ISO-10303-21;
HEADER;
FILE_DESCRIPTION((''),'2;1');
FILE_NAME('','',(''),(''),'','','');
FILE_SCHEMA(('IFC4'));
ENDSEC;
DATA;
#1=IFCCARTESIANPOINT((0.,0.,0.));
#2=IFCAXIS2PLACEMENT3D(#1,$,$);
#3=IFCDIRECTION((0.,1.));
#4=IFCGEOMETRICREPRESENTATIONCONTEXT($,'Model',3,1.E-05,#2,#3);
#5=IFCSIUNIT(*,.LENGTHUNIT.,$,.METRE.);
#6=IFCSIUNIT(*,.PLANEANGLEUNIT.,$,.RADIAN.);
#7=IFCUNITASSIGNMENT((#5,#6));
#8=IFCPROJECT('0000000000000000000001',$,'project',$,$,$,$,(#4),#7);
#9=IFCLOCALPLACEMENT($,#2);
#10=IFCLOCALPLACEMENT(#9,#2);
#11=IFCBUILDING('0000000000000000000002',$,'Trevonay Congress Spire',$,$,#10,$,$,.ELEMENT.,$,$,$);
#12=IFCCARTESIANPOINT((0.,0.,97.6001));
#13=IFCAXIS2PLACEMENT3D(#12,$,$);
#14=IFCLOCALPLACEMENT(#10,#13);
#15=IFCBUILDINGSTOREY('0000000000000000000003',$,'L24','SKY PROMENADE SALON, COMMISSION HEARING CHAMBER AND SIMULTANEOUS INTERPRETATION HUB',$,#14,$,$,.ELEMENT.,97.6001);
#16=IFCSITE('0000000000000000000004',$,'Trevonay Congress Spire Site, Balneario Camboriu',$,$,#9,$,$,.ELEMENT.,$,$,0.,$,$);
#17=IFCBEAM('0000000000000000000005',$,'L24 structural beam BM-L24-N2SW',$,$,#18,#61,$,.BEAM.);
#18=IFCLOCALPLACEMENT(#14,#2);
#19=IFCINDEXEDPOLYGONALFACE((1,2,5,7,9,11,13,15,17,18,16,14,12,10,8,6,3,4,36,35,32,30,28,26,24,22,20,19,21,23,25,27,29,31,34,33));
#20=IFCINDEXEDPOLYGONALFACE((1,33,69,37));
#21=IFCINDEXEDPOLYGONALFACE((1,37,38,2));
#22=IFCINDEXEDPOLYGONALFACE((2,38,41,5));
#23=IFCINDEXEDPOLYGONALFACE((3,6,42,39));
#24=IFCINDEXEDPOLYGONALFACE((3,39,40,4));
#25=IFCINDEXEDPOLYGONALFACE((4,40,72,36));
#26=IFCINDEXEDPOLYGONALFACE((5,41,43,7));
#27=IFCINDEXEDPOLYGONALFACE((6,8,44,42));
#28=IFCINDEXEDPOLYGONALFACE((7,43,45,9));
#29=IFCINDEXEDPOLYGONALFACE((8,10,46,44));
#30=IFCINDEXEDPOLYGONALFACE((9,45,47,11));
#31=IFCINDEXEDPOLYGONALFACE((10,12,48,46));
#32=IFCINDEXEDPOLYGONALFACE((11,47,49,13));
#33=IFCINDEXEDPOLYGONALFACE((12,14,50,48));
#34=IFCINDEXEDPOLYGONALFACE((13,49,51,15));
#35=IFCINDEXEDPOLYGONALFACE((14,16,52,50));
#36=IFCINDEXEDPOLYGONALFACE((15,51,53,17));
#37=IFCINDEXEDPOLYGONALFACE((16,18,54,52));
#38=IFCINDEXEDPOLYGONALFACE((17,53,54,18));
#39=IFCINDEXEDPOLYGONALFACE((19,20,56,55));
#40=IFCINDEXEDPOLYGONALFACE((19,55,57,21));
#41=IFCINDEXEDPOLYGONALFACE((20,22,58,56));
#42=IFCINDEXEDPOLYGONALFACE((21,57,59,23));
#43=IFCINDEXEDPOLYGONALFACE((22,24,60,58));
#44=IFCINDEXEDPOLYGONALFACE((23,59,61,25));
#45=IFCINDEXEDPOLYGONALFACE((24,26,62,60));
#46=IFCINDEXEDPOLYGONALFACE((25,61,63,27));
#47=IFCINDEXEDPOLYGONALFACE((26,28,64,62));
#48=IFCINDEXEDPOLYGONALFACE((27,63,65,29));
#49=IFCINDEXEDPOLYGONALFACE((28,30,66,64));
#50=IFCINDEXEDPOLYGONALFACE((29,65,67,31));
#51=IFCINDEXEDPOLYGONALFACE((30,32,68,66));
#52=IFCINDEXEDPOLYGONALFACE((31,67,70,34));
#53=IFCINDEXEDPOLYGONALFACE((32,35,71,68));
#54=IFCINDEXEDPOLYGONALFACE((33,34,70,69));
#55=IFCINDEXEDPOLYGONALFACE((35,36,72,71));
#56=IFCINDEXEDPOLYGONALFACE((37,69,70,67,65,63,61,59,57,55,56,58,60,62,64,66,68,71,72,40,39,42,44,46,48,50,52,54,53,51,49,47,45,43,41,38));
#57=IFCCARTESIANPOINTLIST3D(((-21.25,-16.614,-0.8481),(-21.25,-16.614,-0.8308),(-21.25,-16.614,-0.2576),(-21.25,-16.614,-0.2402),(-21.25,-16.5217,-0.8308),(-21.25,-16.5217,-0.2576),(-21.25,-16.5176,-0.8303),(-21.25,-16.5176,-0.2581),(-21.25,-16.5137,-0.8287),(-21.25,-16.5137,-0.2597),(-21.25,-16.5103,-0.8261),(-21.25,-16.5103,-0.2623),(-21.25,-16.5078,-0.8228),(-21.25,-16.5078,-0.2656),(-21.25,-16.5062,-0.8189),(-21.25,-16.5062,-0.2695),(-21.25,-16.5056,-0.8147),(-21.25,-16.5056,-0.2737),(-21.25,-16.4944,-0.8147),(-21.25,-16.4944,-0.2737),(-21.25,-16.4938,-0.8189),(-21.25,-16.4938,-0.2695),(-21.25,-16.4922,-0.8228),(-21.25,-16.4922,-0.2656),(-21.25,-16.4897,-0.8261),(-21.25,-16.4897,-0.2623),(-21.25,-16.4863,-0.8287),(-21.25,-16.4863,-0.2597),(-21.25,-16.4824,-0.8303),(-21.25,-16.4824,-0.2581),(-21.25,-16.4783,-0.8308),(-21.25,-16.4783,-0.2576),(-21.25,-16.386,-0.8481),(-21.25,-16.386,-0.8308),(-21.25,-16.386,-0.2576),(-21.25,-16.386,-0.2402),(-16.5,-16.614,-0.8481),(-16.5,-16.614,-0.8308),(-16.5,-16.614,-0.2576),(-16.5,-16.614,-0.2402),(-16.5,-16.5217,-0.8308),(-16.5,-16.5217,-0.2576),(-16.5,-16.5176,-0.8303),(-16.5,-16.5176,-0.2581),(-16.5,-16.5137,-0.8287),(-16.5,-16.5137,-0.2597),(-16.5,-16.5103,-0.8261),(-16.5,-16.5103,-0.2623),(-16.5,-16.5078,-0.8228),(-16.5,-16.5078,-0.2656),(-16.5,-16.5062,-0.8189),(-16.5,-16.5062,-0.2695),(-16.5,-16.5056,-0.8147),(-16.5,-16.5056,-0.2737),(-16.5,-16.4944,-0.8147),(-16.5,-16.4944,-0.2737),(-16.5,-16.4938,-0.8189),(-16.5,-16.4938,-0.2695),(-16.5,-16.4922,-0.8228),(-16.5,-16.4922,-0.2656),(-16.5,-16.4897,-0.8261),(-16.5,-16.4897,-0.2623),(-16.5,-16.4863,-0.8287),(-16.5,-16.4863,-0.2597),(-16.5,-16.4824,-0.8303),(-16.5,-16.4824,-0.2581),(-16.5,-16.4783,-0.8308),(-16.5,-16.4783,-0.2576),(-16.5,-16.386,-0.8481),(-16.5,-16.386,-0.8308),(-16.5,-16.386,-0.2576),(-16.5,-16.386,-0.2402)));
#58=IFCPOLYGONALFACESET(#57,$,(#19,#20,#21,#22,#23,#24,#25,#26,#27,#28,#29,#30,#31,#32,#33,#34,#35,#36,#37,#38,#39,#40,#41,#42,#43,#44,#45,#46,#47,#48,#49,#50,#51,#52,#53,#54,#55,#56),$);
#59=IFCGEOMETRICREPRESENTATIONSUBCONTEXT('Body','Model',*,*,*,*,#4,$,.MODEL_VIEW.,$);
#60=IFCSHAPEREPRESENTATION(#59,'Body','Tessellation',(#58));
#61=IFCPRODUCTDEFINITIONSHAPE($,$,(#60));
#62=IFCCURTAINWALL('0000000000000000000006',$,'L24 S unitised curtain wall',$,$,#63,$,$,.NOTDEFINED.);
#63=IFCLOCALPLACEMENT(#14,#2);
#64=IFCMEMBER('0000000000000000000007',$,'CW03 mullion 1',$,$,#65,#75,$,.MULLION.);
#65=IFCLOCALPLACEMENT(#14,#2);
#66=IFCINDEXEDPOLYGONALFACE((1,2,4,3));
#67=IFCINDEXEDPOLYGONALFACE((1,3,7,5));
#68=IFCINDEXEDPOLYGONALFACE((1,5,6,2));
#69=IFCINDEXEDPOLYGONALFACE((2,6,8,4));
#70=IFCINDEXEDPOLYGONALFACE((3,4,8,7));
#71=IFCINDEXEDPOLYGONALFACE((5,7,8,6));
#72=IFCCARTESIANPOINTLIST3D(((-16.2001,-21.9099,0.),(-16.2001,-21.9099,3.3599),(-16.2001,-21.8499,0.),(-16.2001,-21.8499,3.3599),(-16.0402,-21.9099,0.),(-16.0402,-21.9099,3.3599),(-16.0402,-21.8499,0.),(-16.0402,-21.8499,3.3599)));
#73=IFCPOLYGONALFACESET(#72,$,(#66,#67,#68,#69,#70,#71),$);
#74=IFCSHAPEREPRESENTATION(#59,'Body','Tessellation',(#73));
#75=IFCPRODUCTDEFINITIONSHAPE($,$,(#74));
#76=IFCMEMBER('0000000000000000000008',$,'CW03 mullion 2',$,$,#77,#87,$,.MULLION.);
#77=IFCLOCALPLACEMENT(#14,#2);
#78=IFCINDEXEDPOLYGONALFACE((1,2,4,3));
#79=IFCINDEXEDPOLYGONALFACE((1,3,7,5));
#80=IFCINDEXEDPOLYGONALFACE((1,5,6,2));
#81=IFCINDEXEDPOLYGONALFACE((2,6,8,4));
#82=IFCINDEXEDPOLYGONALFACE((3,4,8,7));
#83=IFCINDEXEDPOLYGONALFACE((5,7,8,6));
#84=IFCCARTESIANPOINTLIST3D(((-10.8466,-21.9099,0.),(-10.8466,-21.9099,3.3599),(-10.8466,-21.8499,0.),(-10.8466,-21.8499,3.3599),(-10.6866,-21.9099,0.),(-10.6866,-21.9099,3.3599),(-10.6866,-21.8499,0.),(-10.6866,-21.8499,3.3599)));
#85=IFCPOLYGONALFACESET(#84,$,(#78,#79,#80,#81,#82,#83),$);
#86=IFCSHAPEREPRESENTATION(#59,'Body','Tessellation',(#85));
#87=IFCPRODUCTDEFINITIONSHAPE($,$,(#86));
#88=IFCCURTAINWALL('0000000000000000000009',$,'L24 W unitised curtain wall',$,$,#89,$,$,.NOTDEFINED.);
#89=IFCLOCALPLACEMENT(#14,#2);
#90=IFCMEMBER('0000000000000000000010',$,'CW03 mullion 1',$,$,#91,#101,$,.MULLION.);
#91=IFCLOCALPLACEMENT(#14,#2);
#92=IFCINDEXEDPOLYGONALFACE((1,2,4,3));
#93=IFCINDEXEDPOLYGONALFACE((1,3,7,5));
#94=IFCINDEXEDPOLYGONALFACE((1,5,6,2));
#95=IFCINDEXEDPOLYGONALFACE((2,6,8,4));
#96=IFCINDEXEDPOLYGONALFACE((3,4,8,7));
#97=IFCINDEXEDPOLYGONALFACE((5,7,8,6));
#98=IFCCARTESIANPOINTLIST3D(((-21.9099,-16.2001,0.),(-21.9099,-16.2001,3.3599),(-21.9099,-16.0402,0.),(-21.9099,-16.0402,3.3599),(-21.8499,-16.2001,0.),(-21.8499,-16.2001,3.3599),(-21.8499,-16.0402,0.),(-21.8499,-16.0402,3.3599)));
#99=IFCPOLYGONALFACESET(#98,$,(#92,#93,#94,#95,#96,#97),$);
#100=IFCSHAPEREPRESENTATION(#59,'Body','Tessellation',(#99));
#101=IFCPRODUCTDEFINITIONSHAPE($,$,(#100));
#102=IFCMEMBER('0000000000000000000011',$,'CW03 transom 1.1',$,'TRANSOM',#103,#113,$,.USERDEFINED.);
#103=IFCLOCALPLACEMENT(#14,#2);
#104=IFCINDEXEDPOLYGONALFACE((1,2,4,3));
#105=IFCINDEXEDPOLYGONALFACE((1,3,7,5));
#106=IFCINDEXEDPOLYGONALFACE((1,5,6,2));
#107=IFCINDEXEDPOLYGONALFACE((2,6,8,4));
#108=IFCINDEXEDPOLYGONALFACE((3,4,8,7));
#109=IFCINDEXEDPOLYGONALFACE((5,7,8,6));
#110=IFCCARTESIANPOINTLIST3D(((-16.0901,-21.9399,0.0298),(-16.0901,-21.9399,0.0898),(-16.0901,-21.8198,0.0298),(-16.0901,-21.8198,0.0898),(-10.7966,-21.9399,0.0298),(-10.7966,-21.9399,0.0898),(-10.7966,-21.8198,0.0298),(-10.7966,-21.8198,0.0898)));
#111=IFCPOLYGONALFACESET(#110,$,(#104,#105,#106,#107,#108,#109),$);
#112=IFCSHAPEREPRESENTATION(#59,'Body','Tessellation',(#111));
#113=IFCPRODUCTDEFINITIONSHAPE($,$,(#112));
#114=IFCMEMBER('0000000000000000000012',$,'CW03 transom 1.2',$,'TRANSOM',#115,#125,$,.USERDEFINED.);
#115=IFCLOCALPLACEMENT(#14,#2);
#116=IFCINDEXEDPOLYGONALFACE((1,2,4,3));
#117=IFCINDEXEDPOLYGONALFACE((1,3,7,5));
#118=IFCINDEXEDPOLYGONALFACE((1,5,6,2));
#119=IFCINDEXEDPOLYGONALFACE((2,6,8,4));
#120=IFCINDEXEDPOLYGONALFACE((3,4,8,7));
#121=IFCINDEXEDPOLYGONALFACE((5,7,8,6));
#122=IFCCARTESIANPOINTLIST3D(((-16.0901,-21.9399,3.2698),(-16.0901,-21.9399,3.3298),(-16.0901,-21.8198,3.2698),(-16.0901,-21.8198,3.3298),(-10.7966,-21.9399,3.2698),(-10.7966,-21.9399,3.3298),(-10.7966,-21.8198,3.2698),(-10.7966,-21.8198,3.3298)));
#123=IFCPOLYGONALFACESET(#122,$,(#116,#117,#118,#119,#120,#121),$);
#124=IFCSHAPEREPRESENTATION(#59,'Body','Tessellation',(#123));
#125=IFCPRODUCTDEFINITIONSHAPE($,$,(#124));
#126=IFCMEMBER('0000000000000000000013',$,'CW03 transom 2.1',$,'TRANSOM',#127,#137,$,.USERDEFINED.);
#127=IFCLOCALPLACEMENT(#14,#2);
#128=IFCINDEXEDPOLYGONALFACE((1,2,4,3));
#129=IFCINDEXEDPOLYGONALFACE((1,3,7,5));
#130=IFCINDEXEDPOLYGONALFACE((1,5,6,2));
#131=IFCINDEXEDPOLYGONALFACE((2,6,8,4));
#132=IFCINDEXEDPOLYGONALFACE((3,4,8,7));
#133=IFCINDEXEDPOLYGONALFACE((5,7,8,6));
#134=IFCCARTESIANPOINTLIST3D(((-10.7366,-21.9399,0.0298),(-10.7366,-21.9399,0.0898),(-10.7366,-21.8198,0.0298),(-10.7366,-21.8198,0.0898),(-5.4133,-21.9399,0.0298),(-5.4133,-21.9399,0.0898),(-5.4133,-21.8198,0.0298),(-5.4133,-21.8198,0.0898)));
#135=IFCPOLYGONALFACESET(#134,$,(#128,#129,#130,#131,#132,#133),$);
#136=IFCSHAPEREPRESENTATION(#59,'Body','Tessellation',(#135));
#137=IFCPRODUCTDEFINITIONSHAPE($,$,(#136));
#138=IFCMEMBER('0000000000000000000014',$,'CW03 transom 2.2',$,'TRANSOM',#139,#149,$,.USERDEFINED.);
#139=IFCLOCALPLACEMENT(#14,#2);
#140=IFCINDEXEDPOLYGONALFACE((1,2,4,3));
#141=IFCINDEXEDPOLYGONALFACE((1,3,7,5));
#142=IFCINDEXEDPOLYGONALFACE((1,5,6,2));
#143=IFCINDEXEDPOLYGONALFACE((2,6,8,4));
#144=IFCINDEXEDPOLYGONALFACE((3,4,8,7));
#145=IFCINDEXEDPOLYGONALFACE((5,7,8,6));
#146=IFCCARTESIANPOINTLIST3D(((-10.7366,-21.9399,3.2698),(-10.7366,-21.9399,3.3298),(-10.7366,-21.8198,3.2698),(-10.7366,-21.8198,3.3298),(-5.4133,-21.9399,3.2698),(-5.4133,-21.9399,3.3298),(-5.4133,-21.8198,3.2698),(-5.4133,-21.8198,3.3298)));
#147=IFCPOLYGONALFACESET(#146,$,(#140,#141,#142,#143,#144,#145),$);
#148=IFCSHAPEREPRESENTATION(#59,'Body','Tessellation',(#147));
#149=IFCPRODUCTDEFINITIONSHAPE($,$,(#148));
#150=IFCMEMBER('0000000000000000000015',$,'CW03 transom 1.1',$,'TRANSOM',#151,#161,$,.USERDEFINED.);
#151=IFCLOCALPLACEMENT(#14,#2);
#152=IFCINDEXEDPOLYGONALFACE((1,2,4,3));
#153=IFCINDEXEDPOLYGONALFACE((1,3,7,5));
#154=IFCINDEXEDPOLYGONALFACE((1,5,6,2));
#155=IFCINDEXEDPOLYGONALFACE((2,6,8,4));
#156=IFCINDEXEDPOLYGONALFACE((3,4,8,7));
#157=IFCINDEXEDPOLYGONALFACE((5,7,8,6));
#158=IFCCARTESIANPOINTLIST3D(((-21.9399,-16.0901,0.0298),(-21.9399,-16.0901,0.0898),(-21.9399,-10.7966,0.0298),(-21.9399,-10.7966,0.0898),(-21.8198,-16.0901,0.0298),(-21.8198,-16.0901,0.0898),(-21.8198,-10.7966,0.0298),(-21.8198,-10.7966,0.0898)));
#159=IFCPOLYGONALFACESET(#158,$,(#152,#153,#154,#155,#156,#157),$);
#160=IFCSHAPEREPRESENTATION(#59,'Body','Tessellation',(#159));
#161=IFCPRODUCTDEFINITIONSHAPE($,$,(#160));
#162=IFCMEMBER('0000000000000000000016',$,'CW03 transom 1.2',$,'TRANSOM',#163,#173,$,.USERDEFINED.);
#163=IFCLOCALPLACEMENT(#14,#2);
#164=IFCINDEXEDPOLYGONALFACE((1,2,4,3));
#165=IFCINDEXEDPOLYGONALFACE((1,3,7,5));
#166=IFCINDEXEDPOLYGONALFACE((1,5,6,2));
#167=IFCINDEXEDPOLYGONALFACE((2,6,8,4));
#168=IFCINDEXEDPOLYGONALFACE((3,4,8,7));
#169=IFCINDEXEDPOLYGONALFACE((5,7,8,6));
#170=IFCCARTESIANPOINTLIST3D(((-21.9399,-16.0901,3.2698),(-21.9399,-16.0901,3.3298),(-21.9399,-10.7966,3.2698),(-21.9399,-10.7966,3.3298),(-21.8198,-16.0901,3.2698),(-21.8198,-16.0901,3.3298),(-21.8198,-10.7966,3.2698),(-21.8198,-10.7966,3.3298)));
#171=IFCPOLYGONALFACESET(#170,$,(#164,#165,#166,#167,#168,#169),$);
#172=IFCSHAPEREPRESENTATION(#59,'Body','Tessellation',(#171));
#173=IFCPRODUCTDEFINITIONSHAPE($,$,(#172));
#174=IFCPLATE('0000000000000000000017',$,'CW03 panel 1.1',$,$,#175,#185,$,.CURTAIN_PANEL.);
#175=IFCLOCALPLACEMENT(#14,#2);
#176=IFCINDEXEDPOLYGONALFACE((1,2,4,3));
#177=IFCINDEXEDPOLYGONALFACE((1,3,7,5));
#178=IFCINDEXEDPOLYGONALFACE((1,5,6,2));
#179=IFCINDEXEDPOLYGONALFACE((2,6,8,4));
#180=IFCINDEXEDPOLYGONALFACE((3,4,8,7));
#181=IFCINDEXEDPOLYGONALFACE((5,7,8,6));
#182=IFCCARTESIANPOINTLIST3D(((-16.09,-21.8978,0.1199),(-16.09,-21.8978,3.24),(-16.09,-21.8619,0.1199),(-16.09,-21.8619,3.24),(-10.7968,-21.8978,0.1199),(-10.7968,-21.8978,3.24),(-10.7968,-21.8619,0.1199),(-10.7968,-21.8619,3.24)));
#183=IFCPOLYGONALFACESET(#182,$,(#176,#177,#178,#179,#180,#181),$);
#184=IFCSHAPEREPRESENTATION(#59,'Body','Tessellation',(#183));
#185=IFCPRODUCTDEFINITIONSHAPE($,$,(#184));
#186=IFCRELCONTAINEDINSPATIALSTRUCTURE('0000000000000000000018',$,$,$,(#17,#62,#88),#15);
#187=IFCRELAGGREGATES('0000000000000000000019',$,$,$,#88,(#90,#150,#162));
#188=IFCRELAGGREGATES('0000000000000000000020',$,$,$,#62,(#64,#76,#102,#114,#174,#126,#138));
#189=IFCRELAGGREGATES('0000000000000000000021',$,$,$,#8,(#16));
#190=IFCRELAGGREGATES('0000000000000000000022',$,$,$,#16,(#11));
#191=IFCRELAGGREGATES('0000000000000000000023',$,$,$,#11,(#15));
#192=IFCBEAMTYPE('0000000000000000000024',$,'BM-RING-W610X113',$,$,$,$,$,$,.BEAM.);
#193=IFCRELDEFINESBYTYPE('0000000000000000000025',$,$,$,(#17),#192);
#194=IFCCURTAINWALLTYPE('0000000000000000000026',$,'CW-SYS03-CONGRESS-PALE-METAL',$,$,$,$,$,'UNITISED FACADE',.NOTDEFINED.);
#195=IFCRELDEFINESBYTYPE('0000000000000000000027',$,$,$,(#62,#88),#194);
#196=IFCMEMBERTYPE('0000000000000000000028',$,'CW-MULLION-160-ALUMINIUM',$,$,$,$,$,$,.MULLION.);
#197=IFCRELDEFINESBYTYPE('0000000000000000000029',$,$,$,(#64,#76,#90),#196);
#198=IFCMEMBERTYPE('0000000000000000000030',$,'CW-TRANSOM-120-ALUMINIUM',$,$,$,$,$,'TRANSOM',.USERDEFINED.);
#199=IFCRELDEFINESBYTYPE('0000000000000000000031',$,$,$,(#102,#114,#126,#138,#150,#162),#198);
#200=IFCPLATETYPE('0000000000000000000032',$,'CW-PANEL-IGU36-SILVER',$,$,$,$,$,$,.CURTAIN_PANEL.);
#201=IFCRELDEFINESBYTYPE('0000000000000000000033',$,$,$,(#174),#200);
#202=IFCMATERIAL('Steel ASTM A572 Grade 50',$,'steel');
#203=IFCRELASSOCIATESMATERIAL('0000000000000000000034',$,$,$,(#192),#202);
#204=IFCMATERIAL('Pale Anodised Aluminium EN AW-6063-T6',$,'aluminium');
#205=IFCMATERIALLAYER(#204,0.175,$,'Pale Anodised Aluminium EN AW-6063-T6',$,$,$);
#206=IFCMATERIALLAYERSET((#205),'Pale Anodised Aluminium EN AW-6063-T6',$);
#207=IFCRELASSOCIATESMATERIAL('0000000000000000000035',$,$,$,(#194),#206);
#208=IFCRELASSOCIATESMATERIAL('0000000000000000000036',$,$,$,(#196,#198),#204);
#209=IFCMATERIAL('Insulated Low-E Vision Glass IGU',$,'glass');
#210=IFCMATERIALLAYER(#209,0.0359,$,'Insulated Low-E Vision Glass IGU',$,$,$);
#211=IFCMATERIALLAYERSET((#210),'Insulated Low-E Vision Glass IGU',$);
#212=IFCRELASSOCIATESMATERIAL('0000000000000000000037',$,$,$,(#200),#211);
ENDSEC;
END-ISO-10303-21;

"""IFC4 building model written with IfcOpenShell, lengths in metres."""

from ifc_helpers import new_model, si_unit, direction, frame, origin, origin_2d, place, context, subcontext, project, spatial, rectangle, i_section, extrude, material, layer, layer_set, material_profile, profile_set, type_object, element, aggregate, save


model = new_model("IFC4")

# Units and contexts
model_context = context("Model", 3, precision=1e-05, world=origin(), true_north=direction((0.0, 1.0)))
body_context = subcontext(model_context, "Body", "Model", "MODEL_VIEW")
ifc_project = project(units=[si_unit("LENGTHUNIT", "METRE"), si_unit("PLANEANGLEUNIT", "RADIAN")], contexts=[model_context])

# Site, building, storey
site_placement = place(None, origin())
site = spatial("IfcSite", under=ifc_project, at=site_placement, Name="Trevonay Congress Spire Site, Balneario Camboriu", CompositionType="ELEMENT", RefElevation=0.0)
building_placement = place(site_placement, origin())
building = spatial("IfcBuilding", under=site, at=building_placement, Name="Trevonay Congress Spire", CompositionType="ELEMENT")
storey_placement = place(building_placement, frame((0.0, 0.0, 97.6001)))
storey = spatial("IfcBuildingStorey", under=building, at=storey_placement, Name="L24", Description="SKY PROMENADE SALON, COMMISSION HEARING CHAMBER AND SIMULTANEOUS INTERPRETATION HUB", CompositionType="ELEMENT", Elevation=97.6001)

# Shared definitions
ifc_material_1 = material(Name="Steel ASTM A572 Grade 50", Category="steel")

# Beam
ifc_material_profile_1 = material_profile(ifc_material_1, i_section(OverallWidth=0.228, OverallDepth=0.6079, WebThickness=0.0112, FlangeThickness=0.0173, FilletRadius=0.0161, at=origin_2d()), Name="W610x113")
ifc_profile_set_1 = profile_set([ifc_material_profile_1], Name="Steel ASTM A572 Grade 50")
beam_type = type_object("IfcBeamType", Name="BM-RING-W610X113", PredefinedType="BEAM", material=ifc_profile_set_1)
for number, where, z_axis, x_axis, name in (
    (1, (-21.25, -16.5, -0.5442), (1.0, 0.0, 0.0), (0.0, 1.0, 0.0), "L24 structural beam BM-L24-N2SW"),
):
    element("IfcBeam", number, at=place(storey_placement, frame(where, z_axis=z_axis, x_axis=x_axis)), inside=storey, type_object=beam_type, Name=name, PredefinedType="BEAM", context=body_context, shape_type="SweptSolid", body=[
        extrude(i_section(OverallWidth=0.228, OverallDepth=0.6079, WebThickness=0.0112, FlangeThickness=0.0173, FilletRadius=0.0161, at=origin_2d()), origin(), (0.0, 0.0, 1.0), 4.75),
    ])

# Curtain wall, members
ifc_material_2 = material(Name="Pale Anodised Aluminium EN AW-6063-T6", Category="aluminium")
ifc_layer_1 = layer(ifc_material_2, 0.175, Name="Pale Anodised Aluminium EN AW-6063-T6")
ifc_layer_set_1 = layer_set([ifc_layer_1], Name="Pale Anodised Aluminium EN AW-6063-T6")
curtain_wall_type = type_object("IfcCurtainWallType", Name="CW-SYS03-CONGRESS-PALE-METAL", ElementType="UNITISED FACADE", PredefinedType="NOTDEFINED", material=ifc_layer_set_1)
curtain_wall_1_placement = place(storey_placement, origin())
curtain_wall_1 = element("IfcCurtainWall", 2, at=curtain_wall_1_placement, inside=storey, type_object=curtain_wall_type, Name="L24 S unitised curtain wall", PredefinedType="NOTDEFINED")
ifc_material_profile_2 = material_profile(ifc_material_2, rectangle(XDim=0.0601, YDim=0.1599, at=origin_2d()), Name="CW-MULLION-160-ALUMINIUM")
ifc_profile_set_2 = profile_set([ifc_material_profile_2], Name="Pale Anodised Aluminium EN AW-6063-T6")
member_type_1 = type_object("IfcMemberType", Name="CW-MULLION-160-ALUMINIUM", PredefinedType="MULLION", material=ifc_profile_set_2)
member_1_placement = place(storey_placement, frame((-16.1201, -21.8799, 0.0), z_axis=(0.0, 0.0, 1.0), x_axis=(0.0, 1.0, 0.0)))
member_1 = element("IfcMember", 3, at=member_1_placement, type_object=member_type_1, Name="CW03 mullion 1", PredefinedType="MULLION", context=body_context, shape_type="SweptSolid", body=[
    extrude(rectangle(XDim=0.0601, YDim=0.1599, at=origin_2d()), origin(), (0.0, 0.0, 1.0), 3.3599),
])
member_2_placement = place(storey_placement, frame((-10.7666, -21.8799, 0.0), z_axis=(0.0, 0.0, 1.0), x_axis=(0.0, 1.0, 0.0)))
member_2 = element("IfcMember", 4, at=member_2_placement, type_object=member_type_1, Name="CW03 mullion 2", PredefinedType="MULLION", context=body_context, shape_type="SweptSolid", body=[
    extrude(rectangle(XDim=0.0601, YDim=0.1599, at=origin_2d()), origin(), (0.0, 0.0, 1.0), 3.3599),
])

# Curtain wall, member
curtain_wall_2_placement = place(storey_placement, origin())
curtain_wall_2 = element("IfcCurtainWall", 5, at=curtain_wall_2_placement, inside=storey, type_object=curtain_wall_type, Name="L24 W unitised curtain wall", PredefinedType="NOTDEFINED")
member_3_placement = place(storey_placement, frame((-21.8799, -16.1201, 0.0), z_axis=(0.0, 0.0, 1.0), x_axis=(-1.0, 0.0, 0.0)))
member_3 = element("IfcMember", 6, at=member_3_placement, type_object=member_type_1, Name="CW03 mullion 1", PredefinedType="MULLION", context=body_context, shape_type="SweptSolid", body=[
    extrude(rectangle(XDim=0.0601, YDim=0.1599, at=origin_2d()), origin(), (0.0, 0.0, 1.0), 3.3599),
])

# Members
ifc_material_profile_3 = material_profile(ifc_material_2, rectangle(XDim=0.1201, YDim=0.0601, at=origin_2d()), Name="CW-TRANSOM-120-ALUMINIUM")
ifc_profile_set_3 = profile_set([ifc_material_profile_3], Name="Pale Anodised Aluminium EN AW-6063-T6")
member_type_2 = type_object("IfcMemberType", Name="CW-TRANSOM-120-ALUMINIUM", ElementType="TRANSOM", PredefinedType="USERDEFINED", material=ifc_profile_set_3)
member_4_placement = place(storey_placement, frame((-16.0901, -21.8799, 0.0598), z_axis=(1.0, 0.0, 0.0), x_axis=(0.0, 1.0, 0.0)))
member_4 = element("IfcMember", 7, at=member_4_placement, type_object=member_type_2, Name="CW03 transom 1.1", ObjectType="TRANSOM", PredefinedType="USERDEFINED", context=body_context, shape_type="SweptSolid", body=[
    extrude(rectangle(XDim=0.1201, YDim=0.0601, at=origin_2d()), origin(), (0.0, 0.0, 1.0), 5.2935),
])
member_5_placement = place(storey_placement, frame((-16.0901, -21.8799, 3.2998), z_axis=(1.0, 0.0, 0.0), x_axis=(0.0, 1.0, 0.0)))
member_5 = element("IfcMember", 8, at=member_5_placement, type_object=member_type_2, Name="CW03 transom 1.2", ObjectType="TRANSOM", PredefinedType="USERDEFINED", context=body_context, shape_type="SweptSolid", body=[
    extrude(rectangle(XDim=0.1201, YDim=0.0601, at=origin_2d()), origin(), (0.0, 0.0, 1.0), 5.2935),
])
member_6_placement = place(storey_placement, frame((-10.7366, -21.8799, 0.0598), z_axis=(1.0, 0.0, 0.0), x_axis=(0.0, 1.0, 0.0)))
member_6 = element("IfcMember", 9, at=member_6_placement, type_object=member_type_2, Name="CW03 transom 2.1", ObjectType="TRANSOM", PredefinedType="USERDEFINED", context=body_context, shape_type="SweptSolid", body=[
    extrude(rectangle(XDim=0.1201, YDim=0.0601, at=origin_2d()), origin(), (0.0, 0.0, 1.0), 5.3232),
])
member_7_placement = place(storey_placement, frame((-10.7366, -21.8799, 3.2998), z_axis=(1.0, 0.0, 0.0), x_axis=(0.0, 1.0, 0.0)))
member_7 = element("IfcMember", 10, at=member_7_placement, type_object=member_type_2, Name="CW03 transom 2.2", ObjectType="TRANSOM", PredefinedType="USERDEFINED", context=body_context, shape_type="SweptSolid", body=[
    extrude(rectangle(XDim=0.1201, YDim=0.0601, at=origin_2d()), origin(), (0.0, 0.0, 1.0), 5.3232),
])
member_8_placement = place(storey_placement, frame((-21.8799, -16.0901, 0.0598), z_axis=(0.0, 1.0, 0.0), x_axis=(-1.0, 0.0, 0.0)))
member_8 = element("IfcMember", 11, at=member_8_placement, type_object=member_type_2, Name="CW03 transom 1.1", ObjectType="TRANSOM", PredefinedType="USERDEFINED", context=body_context, shape_type="SweptSolid", body=[
    extrude(rectangle(XDim=0.1201, YDim=0.0601, at=origin_2d()), origin(), (0.0, 0.0, 1.0), 5.2935),
])
member_9_placement = place(storey_placement, frame((-21.8799, -16.0901, 3.2998), z_axis=(0.0, 1.0, 0.0), x_axis=(-1.0, 0.0, 0.0)))
member_9 = element("IfcMember", 12, at=member_9_placement, type_object=member_type_2, Name="CW03 transom 1.2", ObjectType="TRANSOM", PredefinedType="USERDEFINED", context=body_context, shape_type="SweptSolid", body=[
    extrude(rectangle(XDim=0.1201, YDim=0.0601, at=origin_2d()), origin(), (0.0, 0.0, 1.0), 5.2935),
])
aggregate(curtain_wall_2, [member_3, member_8, member_9])

# Plate
ifc_material_3 = material(Name="Insulated Low-E Vision Glass IGU", Category="glass")
ifc_layer_2 = layer(ifc_material_3, 0.0359, Name="Insulated Low-E Vision Glass IGU")
ifc_layer_set_2 = layer_set([ifc_layer_2], Name="Insulated Low-E Vision Glass IGU")
plate_type = type_object("IfcPlateType", Name="CW-PANEL-IGU36-SILVER", PredefinedType="CURTAIN_PANEL", material=ifc_layer_set_2)
plate_placement = place(storey_placement, frame((-13.4434, -21.8799, 0.1199), z_axis=(0.0, 0.0, 1.0), x_axis=(1.0, 0.0, 0.0)))
plate = element("IfcPlate", 13, at=plate_placement, type_object=plate_type, Name="CW03 panel 1.1", PredefinedType="CURTAIN_PANEL", context=body_context, shape_type="SweptSolid", body=[
    extrude(rectangle(XDim=5.2932, YDim=0.0359, at=origin_2d()), origin(), (0.0, 0.0, 1.0), 3.1201),
])
aggregate(curtain_wall_1, [member_1, member_2, member_4, member_5, plate, member_6, member_7])

save(model, "model.ifc")
